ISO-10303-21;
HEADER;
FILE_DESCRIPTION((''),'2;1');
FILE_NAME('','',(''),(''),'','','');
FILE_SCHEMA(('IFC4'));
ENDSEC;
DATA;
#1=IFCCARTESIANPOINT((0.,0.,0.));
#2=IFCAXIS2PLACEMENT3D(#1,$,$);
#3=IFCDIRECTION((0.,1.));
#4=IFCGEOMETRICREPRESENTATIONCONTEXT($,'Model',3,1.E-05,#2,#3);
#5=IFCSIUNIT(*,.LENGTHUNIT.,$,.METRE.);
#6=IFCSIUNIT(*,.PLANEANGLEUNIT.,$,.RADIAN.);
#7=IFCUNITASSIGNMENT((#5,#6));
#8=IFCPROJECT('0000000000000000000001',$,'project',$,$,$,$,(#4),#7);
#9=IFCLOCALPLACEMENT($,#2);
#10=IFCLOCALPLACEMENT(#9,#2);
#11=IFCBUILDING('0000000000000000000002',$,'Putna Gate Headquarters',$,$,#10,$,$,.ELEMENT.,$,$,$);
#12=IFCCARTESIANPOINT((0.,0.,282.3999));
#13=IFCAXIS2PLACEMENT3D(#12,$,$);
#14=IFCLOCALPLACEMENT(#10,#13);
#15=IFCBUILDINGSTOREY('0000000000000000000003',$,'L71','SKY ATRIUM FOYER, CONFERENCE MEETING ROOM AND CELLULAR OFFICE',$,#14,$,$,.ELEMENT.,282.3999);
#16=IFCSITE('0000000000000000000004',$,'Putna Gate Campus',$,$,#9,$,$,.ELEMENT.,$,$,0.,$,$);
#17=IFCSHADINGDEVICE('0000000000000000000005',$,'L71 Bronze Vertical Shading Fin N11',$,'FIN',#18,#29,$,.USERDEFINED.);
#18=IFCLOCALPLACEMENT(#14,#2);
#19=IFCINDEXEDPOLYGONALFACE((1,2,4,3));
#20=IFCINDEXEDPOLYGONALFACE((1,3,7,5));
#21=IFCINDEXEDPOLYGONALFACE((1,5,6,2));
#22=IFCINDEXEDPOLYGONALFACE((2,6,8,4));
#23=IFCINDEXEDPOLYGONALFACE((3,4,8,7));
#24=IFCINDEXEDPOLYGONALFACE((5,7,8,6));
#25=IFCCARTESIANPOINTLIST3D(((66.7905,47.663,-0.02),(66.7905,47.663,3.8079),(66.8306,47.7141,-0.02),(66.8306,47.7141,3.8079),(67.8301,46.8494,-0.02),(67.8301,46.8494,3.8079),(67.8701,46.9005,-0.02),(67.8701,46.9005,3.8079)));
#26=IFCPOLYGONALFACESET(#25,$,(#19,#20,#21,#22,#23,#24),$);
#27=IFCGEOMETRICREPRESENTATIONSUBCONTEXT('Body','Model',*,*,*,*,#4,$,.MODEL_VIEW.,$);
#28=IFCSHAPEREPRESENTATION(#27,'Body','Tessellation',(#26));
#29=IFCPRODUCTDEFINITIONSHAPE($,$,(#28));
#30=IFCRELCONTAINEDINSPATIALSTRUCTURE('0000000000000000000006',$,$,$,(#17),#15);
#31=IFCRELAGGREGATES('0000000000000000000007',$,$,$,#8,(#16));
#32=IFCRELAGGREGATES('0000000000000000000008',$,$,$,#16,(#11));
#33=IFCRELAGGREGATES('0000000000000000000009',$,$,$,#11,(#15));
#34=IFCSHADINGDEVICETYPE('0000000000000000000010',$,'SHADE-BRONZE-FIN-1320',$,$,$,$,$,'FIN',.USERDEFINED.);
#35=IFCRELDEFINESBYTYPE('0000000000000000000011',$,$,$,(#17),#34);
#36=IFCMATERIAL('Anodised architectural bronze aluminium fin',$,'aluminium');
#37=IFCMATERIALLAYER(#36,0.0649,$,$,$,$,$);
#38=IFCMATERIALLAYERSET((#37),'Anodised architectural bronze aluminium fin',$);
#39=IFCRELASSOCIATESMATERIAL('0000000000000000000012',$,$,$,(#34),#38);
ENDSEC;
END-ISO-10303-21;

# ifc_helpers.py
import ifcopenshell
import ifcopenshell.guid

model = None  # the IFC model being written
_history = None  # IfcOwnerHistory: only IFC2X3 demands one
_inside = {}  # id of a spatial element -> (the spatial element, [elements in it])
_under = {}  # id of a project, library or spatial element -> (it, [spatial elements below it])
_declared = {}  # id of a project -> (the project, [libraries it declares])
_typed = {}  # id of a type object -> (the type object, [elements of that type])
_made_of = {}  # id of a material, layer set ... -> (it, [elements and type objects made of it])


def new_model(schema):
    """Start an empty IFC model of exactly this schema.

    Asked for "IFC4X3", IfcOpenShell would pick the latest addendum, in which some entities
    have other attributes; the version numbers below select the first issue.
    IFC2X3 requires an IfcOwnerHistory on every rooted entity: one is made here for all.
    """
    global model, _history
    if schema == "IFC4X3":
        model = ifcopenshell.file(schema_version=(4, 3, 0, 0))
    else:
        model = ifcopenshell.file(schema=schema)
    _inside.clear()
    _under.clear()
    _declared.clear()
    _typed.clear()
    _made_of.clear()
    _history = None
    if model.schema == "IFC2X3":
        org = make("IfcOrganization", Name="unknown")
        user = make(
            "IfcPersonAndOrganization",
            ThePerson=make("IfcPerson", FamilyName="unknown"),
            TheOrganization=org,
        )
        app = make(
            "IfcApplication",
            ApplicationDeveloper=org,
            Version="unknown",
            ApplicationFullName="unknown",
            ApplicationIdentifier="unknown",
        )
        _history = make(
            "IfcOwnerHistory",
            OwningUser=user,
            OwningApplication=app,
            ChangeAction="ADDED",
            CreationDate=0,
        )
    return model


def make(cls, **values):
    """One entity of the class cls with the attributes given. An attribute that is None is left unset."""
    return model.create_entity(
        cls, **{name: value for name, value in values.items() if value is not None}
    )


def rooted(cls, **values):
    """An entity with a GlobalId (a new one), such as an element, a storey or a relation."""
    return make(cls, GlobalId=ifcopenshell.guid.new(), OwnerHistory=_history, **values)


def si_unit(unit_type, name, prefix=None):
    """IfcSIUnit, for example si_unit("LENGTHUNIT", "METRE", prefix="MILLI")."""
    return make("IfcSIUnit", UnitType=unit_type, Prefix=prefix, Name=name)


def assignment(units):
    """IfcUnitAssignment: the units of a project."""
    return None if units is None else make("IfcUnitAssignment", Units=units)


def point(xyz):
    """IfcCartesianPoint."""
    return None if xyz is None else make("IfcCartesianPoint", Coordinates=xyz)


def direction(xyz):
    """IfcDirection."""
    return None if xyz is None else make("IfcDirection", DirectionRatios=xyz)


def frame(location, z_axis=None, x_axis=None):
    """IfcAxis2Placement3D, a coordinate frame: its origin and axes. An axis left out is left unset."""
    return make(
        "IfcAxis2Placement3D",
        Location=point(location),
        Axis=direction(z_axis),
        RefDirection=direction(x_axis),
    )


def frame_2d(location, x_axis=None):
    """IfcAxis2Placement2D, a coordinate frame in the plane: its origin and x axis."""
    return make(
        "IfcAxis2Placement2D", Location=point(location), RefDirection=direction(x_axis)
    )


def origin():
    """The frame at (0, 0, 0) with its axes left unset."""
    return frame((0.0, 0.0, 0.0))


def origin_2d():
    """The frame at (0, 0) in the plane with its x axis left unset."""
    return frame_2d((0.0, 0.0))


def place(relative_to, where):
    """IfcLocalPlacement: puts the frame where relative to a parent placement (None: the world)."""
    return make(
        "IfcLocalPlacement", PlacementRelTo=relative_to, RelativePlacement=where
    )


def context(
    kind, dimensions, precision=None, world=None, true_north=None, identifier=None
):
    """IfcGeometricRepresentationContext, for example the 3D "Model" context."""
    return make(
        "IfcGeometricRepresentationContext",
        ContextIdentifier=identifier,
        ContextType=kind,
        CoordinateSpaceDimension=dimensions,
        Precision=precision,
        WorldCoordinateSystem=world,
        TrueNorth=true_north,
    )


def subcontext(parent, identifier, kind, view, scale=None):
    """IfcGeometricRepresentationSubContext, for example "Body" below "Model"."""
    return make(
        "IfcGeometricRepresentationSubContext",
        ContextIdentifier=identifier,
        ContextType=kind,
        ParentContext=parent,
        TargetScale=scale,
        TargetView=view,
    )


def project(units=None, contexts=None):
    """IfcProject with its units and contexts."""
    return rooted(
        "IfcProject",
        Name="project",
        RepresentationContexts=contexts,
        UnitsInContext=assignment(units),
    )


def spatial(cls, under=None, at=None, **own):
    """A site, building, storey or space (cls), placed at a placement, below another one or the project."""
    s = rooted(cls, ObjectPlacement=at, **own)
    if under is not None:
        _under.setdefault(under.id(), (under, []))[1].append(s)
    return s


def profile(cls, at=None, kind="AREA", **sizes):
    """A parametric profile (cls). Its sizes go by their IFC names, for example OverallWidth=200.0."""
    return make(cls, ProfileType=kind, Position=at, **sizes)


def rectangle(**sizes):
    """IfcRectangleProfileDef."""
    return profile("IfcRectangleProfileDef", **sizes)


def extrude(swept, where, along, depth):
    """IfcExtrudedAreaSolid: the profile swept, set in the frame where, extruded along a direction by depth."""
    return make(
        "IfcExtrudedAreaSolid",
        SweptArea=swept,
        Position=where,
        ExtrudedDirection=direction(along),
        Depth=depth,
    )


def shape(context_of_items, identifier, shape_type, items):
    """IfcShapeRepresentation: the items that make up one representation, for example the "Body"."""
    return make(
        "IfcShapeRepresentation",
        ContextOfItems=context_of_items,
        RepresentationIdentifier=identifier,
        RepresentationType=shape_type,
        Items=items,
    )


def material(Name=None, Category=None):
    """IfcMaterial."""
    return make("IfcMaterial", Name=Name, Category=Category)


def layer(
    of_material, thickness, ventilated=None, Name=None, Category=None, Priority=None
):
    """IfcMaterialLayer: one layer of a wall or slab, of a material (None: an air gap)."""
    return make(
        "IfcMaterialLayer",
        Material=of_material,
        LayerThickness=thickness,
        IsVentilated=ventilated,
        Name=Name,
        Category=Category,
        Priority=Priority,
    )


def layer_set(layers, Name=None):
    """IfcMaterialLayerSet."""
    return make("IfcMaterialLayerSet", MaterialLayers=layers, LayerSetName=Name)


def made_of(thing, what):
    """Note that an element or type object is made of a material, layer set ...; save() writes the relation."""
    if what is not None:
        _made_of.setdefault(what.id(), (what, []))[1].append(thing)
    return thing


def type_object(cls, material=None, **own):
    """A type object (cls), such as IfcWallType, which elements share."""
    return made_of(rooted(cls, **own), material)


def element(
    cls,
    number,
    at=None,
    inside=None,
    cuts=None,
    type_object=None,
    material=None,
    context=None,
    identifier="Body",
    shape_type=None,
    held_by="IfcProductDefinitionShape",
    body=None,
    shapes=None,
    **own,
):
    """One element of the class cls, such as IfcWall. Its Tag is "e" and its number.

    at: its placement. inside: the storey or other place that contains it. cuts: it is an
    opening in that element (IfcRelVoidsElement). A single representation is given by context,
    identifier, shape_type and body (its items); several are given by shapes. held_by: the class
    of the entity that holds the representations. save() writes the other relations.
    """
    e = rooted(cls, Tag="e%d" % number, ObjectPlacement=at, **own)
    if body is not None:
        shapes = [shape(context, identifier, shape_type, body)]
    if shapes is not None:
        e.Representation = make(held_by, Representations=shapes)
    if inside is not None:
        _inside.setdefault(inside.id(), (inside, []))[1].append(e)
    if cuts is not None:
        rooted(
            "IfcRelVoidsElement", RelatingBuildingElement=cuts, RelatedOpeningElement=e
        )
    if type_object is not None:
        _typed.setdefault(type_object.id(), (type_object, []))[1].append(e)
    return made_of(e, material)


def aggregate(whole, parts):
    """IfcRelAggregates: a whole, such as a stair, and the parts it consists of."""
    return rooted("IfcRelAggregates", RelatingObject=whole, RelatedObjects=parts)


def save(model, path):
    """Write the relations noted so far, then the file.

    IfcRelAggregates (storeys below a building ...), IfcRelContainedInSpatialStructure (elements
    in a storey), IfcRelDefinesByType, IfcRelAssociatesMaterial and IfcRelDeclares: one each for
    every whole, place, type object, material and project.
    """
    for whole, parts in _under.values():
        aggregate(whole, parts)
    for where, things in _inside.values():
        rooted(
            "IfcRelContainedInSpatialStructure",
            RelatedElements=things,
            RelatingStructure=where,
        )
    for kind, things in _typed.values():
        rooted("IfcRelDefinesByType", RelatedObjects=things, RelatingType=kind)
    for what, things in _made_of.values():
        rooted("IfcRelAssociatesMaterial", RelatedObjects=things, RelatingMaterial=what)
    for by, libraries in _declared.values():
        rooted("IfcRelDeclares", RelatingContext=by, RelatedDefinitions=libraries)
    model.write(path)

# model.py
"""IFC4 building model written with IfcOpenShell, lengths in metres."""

from ifc_helpers import new_model, si_unit, direction, frame, origin, origin_2d, place, context, subcontext, project, spatial, rectangle, extrude, material, layer, layer_set, type_object, element, save


model = new_model("IFC4")

# Units and contexts
model_context = context("Model", 3, precision=1e-05, world=origin(), true_north=direction((0.0, 1.0)))
body_context = subcontext(model_context, "Body", "Model", "MODEL_VIEW")
ifc_project = project(units=[si_unit("LENGTHUNIT", "METRE"), si_unit("PLANEANGLEUNIT", "RADIAN")], contexts=[model_context])

# Site, building, storey
site_placement = place(None, origin())
site = spatial("IfcSite", under=ifc_project, at=site_placement, Name="Putna Gate Campus", CompositionType="ELEMENT", RefElevation=0.0)
building_placement = place(site_placement, origin())
building = spatial("IfcBuilding", under=site, at=building_placement, Name="Putna Gate Headquarters", CompositionType="ELEMENT")
storey_placement = place(building_placement, frame((0.0, 0.0, 282.3999)))
storey = spatial("IfcBuildingStorey", under=building, at=storey_placement, Name="L71", Description="SKY ATRIUM FOYER, CONFERENCE MEETING ROOM AND CELLULAR OFFICE", CompositionType="ELEMENT", Elevation=282.3999)

# Shading device
ifc_material_1 = material(Name="Anodised architectural bronze aluminium fin", Category="aluminium")
ifc_layer_1 = layer(ifc_material_1, 0.0649)
ifc_layer_set_1 = layer_set([ifc_layer_1], Name="Anodised architectural bronze aluminium fin")
shading_device_type = type_object("IfcShadingDeviceType", Name="SHADE-BRONZE-FIN-1320", ElementType="FIN", PredefinedType="USERDEFINED", material=ifc_layer_set_1)
for number, where, z_axis, x_axis, name in (
    (1, (67.3303, 47.2817, -0.02), (0.0, 0.0, 1.0), (-0.787473, 0.616349, 0.0), "L71 Bronze Vertical Shading Fin N11"),
):
    element("IfcShadingDevice", number, at=place(storey_placement, frame(where, z_axis=z_axis, x_axis=x_axis)), inside=storey, type_object=shading_device_type, Name=name, ObjectType="FIN", PredefinedType="USERDEFINED", context=body_context, shape_type="SweptSolid", body=[
        extrude(rectangle(XDim=1.3201, YDim=0.0649, at=origin_2d()), origin(), (0.0, 0.0, 1.0), 3.8279),
    ])

save(model, "model.ifc")
